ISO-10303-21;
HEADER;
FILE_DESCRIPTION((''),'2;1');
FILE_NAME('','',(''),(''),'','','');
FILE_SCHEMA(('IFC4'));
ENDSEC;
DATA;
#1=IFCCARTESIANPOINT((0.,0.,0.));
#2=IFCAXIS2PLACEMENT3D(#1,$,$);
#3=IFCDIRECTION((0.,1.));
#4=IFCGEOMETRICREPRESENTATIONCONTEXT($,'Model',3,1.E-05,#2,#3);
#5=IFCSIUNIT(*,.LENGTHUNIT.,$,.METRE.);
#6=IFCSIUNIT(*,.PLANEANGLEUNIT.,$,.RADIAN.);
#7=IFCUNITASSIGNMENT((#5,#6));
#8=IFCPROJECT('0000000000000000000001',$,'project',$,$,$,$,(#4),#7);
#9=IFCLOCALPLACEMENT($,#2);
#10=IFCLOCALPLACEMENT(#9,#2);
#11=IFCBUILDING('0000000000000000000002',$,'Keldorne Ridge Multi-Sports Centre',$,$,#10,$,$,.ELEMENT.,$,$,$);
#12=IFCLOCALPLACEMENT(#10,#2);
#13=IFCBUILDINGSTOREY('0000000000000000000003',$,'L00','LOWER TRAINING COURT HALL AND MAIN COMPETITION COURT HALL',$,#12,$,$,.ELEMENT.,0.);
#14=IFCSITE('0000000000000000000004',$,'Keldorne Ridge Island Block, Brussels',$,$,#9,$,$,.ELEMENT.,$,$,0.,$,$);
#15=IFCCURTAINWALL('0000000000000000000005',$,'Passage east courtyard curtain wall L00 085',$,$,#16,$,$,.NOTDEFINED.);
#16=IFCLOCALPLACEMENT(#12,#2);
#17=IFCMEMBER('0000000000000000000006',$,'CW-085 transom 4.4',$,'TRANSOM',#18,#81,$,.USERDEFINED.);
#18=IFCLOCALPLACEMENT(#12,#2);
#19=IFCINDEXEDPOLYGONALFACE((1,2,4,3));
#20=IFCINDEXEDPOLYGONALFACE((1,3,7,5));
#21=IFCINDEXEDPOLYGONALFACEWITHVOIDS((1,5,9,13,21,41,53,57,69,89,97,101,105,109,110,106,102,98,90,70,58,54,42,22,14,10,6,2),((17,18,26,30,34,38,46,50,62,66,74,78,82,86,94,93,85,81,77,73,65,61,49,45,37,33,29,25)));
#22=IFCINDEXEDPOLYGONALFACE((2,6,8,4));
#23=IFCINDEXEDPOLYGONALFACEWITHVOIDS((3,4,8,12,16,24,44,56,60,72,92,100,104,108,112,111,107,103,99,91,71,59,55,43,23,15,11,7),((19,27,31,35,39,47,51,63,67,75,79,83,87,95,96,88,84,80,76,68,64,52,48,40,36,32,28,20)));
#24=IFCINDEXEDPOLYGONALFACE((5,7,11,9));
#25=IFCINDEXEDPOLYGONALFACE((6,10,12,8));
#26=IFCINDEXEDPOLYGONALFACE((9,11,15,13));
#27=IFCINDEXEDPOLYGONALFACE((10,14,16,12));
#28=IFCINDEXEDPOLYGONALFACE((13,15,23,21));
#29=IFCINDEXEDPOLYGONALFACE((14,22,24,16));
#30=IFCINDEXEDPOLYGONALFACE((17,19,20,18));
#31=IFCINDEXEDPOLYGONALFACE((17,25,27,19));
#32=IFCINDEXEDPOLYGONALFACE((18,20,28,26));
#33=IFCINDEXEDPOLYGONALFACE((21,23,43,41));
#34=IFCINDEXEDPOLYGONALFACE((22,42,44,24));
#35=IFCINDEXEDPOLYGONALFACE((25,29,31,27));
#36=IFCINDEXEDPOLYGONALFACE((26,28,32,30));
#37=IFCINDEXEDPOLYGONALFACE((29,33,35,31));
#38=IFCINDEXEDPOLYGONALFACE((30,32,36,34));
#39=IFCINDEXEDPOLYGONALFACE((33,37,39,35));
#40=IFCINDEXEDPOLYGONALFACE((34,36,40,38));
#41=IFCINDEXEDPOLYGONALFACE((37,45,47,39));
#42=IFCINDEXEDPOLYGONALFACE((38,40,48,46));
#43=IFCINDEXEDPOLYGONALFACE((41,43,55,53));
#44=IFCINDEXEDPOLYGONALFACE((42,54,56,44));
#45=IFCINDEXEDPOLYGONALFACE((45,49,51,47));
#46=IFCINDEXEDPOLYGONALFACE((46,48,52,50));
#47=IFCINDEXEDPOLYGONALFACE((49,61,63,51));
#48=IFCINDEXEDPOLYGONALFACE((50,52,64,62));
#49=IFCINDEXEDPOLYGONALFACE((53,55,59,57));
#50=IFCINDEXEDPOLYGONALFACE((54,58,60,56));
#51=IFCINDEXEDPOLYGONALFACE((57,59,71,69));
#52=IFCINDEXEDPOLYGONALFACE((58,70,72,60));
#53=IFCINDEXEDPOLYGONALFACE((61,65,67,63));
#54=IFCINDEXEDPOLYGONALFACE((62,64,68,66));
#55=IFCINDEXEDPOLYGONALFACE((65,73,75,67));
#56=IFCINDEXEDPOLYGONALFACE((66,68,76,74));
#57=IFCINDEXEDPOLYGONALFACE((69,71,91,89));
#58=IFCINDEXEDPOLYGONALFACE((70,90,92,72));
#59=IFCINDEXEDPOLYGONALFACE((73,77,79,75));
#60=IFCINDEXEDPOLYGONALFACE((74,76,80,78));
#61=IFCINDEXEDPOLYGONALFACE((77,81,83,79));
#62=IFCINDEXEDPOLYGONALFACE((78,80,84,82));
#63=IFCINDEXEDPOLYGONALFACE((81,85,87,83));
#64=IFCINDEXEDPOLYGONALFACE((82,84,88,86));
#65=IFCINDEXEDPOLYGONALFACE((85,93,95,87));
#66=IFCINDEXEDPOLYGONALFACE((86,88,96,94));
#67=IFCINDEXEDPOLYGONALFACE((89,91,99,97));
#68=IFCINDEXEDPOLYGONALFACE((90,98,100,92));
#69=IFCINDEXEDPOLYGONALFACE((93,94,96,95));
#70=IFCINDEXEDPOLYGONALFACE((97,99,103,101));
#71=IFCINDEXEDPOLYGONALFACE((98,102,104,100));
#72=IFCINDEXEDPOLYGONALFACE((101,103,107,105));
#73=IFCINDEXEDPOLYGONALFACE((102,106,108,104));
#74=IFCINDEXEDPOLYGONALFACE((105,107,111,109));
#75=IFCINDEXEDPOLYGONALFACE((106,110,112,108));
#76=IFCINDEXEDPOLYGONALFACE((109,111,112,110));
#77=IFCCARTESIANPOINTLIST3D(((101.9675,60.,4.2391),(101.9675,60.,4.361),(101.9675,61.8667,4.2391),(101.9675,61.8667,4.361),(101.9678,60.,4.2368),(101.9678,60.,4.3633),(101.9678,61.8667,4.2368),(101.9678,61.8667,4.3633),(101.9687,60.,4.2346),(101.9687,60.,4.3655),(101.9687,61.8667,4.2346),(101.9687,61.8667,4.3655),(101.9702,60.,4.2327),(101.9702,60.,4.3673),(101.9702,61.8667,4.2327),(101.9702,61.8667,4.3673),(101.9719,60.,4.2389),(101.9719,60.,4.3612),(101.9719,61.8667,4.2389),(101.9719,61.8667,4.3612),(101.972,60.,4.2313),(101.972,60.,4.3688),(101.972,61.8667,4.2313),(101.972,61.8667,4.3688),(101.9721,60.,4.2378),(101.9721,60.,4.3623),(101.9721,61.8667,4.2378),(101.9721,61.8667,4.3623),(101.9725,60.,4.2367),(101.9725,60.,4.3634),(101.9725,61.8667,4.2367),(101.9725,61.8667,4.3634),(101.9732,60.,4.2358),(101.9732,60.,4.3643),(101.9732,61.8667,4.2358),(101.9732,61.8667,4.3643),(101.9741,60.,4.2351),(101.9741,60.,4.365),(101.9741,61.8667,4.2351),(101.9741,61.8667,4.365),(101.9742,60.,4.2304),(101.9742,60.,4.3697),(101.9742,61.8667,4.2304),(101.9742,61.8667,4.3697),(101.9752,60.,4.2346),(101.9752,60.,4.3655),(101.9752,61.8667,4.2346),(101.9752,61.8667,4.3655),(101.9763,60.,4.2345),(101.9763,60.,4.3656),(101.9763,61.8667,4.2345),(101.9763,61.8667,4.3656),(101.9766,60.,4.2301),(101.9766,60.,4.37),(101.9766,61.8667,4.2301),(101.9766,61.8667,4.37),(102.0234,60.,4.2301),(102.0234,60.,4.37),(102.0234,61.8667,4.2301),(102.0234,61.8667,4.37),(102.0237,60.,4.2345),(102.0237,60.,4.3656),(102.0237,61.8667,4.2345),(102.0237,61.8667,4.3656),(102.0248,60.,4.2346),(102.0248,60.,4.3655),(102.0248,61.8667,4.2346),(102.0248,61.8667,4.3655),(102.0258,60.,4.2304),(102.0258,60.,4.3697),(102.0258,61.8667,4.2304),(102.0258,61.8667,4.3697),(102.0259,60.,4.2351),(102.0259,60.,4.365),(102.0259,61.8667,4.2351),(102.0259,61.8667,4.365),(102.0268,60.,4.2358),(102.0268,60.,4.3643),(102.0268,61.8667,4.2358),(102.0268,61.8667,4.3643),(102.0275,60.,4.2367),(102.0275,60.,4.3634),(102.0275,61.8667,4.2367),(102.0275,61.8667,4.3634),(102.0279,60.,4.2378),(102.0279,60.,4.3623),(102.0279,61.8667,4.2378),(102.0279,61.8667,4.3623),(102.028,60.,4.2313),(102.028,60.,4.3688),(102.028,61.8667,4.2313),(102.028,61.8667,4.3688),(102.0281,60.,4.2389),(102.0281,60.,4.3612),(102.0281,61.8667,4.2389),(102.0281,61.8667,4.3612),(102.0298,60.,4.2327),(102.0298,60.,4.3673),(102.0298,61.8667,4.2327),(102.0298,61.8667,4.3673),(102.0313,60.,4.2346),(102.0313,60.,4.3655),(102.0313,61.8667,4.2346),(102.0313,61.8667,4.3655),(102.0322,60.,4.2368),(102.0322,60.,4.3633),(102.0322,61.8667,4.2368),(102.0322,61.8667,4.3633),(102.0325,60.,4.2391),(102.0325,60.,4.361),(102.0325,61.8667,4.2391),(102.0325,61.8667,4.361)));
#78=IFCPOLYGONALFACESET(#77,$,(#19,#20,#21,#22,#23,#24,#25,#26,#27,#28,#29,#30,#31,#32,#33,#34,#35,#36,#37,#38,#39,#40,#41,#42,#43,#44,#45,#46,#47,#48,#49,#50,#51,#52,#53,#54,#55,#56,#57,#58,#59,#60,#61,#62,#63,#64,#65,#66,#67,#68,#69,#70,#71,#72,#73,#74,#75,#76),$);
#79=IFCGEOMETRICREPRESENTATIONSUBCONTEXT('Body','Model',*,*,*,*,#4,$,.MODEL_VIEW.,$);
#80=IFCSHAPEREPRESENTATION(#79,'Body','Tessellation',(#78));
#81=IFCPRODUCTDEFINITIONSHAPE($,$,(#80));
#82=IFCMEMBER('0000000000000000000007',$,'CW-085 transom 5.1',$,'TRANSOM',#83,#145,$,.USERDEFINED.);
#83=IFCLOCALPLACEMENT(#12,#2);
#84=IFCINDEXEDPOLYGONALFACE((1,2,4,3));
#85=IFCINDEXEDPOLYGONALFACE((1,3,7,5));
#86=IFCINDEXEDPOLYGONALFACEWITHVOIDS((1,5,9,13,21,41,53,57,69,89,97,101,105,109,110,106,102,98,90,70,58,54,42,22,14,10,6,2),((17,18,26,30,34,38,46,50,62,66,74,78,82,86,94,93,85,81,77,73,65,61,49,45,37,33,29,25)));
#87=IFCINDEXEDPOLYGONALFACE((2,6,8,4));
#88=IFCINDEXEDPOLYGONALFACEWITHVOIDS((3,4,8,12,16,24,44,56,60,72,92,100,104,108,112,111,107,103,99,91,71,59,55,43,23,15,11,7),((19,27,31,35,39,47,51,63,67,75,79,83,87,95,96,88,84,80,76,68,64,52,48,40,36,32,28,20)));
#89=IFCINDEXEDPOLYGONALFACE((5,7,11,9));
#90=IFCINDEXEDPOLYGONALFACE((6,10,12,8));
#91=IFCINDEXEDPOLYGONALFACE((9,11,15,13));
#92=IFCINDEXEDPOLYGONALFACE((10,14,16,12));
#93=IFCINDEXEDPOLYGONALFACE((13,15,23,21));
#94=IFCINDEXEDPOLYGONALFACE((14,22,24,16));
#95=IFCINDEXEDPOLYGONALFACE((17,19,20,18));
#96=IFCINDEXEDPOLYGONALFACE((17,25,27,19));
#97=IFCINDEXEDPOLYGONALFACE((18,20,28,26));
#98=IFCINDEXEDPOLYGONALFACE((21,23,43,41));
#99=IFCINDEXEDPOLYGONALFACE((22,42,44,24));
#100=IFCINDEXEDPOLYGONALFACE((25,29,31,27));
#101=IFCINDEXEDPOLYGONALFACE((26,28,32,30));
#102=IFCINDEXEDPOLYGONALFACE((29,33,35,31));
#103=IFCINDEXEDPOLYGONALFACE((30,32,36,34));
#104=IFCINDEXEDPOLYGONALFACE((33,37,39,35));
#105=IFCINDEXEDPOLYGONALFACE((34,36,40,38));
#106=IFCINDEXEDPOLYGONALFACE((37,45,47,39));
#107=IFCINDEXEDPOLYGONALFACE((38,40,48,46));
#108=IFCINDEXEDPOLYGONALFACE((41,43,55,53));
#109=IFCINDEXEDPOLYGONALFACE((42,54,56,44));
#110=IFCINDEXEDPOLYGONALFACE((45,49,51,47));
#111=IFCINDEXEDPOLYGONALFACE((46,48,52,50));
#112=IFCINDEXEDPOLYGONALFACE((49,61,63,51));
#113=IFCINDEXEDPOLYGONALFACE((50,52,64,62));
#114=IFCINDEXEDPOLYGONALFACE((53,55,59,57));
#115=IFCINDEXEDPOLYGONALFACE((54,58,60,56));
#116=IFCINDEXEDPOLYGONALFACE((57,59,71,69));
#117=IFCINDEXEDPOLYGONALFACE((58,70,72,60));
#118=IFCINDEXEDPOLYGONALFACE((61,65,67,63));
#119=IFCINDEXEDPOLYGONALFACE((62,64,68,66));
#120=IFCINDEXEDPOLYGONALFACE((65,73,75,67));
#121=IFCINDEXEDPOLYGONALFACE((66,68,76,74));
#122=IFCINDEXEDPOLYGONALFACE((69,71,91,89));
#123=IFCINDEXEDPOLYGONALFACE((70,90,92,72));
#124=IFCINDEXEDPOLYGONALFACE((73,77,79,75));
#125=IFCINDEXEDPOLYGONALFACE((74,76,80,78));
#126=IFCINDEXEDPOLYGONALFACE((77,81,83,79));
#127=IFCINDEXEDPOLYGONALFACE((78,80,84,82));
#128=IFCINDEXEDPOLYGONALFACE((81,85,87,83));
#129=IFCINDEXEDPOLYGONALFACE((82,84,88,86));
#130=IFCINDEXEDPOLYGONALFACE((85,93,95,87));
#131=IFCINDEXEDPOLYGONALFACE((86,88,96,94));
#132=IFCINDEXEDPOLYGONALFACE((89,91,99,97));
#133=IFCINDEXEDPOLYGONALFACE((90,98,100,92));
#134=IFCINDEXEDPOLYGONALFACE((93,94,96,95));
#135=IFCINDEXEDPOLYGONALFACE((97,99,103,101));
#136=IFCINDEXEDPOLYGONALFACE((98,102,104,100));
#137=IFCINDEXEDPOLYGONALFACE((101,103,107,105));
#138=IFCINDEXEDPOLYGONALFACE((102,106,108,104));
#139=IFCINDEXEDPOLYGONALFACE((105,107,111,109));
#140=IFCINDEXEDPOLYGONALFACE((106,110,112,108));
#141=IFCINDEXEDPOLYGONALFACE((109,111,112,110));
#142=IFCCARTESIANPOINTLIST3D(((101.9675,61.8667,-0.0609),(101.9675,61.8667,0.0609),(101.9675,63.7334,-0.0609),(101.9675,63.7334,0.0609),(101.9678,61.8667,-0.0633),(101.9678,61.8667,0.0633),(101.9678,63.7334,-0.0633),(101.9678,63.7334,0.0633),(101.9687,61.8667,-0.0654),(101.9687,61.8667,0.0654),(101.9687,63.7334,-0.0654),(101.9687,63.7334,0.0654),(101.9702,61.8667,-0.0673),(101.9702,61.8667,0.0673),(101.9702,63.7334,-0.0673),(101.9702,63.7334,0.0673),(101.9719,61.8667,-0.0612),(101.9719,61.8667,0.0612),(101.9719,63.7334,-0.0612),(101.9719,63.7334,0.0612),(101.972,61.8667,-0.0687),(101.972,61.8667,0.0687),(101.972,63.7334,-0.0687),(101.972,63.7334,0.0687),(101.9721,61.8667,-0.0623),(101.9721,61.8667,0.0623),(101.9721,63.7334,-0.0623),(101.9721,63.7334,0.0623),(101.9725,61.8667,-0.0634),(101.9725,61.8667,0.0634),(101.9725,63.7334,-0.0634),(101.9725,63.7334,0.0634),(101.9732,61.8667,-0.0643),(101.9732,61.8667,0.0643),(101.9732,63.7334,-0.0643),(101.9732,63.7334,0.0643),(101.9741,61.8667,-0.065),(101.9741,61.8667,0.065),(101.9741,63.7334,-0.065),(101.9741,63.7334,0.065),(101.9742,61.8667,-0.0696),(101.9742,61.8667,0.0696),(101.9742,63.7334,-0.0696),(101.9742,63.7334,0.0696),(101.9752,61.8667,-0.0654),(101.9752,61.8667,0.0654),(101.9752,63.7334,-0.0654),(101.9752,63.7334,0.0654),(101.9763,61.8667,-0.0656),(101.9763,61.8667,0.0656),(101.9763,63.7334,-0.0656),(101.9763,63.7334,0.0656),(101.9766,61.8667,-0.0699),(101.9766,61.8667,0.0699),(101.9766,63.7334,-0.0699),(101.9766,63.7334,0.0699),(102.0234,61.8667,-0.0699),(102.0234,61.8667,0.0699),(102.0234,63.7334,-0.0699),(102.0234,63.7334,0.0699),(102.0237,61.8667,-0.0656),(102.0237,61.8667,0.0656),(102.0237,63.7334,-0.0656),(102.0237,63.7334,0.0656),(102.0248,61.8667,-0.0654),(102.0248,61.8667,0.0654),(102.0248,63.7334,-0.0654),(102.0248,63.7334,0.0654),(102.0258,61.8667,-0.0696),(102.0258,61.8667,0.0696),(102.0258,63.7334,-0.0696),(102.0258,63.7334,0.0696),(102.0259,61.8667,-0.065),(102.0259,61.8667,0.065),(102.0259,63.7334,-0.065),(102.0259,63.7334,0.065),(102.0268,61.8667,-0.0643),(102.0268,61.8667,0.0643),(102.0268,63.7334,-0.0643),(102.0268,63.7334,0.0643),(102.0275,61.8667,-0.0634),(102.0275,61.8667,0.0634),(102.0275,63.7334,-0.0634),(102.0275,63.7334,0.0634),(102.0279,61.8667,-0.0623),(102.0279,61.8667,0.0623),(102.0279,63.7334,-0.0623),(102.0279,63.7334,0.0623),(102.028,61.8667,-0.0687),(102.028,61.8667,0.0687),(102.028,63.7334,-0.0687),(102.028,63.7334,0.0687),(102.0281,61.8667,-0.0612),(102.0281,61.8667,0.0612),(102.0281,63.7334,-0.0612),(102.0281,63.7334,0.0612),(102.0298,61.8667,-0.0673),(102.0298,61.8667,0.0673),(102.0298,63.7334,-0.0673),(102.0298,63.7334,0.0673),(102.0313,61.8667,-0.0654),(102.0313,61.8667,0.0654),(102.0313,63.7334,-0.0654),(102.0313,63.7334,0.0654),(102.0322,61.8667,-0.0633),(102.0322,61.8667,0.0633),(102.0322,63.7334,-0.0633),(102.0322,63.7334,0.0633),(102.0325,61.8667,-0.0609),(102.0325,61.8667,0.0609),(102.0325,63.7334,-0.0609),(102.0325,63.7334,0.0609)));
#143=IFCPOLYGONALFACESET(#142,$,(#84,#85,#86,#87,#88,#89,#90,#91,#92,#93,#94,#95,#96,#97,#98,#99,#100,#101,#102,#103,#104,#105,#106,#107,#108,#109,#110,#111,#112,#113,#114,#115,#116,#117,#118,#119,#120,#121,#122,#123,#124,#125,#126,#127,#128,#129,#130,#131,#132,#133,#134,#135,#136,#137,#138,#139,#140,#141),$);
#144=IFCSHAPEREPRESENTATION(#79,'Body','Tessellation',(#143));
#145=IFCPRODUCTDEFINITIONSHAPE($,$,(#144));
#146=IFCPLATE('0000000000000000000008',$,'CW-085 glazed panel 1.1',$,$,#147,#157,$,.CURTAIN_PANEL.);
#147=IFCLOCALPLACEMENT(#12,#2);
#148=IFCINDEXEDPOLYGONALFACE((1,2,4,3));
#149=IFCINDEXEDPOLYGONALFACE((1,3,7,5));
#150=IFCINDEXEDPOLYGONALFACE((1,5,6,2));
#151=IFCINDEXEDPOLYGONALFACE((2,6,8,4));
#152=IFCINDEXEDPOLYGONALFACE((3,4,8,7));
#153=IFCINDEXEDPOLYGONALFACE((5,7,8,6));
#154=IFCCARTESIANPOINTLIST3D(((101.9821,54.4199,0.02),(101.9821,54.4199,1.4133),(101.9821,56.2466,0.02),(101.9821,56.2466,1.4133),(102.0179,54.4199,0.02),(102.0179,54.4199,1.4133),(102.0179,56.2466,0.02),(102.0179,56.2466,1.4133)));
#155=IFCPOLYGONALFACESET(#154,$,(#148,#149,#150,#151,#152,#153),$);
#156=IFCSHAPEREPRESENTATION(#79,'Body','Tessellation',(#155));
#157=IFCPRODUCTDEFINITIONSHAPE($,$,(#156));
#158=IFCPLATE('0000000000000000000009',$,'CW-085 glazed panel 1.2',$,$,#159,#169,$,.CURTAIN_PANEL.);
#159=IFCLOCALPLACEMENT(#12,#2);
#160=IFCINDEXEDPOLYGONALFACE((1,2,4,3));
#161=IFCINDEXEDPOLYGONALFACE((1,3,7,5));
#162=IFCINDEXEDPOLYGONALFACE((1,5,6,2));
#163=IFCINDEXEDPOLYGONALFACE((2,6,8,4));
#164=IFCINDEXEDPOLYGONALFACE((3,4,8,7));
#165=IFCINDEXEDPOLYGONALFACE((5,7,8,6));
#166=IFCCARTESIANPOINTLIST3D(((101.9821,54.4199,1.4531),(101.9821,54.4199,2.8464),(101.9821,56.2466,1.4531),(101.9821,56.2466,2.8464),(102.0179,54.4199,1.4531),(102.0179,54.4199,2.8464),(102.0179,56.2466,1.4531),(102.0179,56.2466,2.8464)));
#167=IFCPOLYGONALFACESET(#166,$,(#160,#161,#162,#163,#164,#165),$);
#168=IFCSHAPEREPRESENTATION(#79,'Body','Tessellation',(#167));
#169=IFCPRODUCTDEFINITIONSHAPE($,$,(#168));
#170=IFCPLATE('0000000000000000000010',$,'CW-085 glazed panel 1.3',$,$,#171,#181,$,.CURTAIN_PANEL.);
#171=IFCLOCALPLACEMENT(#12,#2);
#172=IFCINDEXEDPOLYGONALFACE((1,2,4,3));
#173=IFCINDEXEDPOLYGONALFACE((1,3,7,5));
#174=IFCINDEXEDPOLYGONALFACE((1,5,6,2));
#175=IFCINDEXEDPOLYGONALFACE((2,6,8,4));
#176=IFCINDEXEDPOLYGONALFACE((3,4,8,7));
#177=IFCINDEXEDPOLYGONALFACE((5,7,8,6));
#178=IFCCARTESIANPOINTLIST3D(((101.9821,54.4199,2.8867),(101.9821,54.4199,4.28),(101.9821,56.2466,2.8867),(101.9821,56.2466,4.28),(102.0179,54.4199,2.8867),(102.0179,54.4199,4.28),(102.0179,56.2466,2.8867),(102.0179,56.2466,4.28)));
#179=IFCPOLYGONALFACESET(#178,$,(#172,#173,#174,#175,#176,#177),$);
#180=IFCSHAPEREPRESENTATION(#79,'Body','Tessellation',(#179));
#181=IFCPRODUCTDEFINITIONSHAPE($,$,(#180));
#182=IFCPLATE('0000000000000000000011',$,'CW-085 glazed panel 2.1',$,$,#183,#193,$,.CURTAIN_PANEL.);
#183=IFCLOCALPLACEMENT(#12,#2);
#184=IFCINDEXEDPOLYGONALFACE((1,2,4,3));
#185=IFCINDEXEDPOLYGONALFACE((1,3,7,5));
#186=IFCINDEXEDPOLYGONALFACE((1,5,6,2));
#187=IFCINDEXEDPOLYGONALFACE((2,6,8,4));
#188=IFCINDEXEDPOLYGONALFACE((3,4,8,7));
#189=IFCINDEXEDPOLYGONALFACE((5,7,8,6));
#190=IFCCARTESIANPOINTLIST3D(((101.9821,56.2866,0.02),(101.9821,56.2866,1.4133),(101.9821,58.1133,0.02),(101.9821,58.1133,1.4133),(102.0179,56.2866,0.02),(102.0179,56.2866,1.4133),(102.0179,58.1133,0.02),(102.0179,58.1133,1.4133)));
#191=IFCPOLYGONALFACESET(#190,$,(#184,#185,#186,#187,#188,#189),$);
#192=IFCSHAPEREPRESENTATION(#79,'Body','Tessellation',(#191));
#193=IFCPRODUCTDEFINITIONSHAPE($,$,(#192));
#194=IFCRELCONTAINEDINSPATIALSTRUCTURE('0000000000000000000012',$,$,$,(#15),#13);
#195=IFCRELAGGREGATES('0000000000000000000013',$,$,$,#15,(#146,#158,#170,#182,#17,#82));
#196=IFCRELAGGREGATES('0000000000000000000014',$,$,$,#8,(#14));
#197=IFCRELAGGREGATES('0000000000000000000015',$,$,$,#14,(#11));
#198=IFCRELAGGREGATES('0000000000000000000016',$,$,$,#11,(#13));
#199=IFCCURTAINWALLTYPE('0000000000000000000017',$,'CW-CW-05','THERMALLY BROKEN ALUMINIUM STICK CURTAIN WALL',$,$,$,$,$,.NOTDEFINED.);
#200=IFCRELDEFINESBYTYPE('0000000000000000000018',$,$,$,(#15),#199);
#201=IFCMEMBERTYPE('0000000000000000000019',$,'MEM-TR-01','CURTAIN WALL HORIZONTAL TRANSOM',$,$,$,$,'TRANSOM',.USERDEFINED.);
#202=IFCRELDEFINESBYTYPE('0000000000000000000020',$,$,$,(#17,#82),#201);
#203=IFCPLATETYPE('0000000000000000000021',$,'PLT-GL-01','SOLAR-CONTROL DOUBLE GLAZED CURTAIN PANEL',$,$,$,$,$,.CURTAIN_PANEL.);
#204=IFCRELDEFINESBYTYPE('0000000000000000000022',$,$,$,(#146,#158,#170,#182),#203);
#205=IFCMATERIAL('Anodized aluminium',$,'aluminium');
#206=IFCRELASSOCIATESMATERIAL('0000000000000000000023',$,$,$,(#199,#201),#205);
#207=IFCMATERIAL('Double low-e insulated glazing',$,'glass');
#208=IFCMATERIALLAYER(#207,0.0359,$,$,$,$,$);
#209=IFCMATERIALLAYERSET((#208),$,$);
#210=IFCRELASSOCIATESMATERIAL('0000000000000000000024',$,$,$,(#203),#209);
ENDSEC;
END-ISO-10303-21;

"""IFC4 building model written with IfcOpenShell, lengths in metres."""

from ifc_helpers import new_model, si_unit, direction, frame, origin, origin_2d, place, context, subcontext, project, spatial, rectangle, hollow_rectangle, extrude, material, layer, layer_set, material_profile, profile_set, type_object, element, aggregate, save


model = new_model("IFC4")

# Units and contexts
model_context = context("Model", 3, precision=1e-05, world=origin(), true_north=direction((0.0, 1.0)))
body_context = subcontext(model_context, "Body", "Model", "MODEL_VIEW")
ifc_project = project(units=[si_unit("LENGTHUNIT", "METRE"), si_unit("PLANEANGLEUNIT", "RADIAN")], contexts=[model_context])

# Site, building, storey
site_placement = place(None, origin())
site = spatial("IfcSite", under=ifc_project, at=site_placement, Name="Keldorne Ridge Island Block, Brussels", CompositionType="ELEMENT", RefElevation=0.0)
building_placement = place(site_placement, origin())
building = spatial("IfcBuilding", under=site, at=building_placement, Name="Keldorne Ridge Multi-Sports Centre", CompositionType="ELEMENT")
storey_placement = place(building_placement, origin())
storey = spatial("IfcBuildingStorey", under=building, at=storey_placement, Name="L00", Description="LOWER TRAINING COURT HALL AND MAIN COMPETITION COURT HALL", CompositionType="ELEMENT", Elevation=0.0)

# Curtain wall, members, plates
ifc_material_1 = material(Name="Anodized aluminium", Category="aluminium")
curtain_wall_type = type_object("IfcCurtainWallType", Name="CW-CW-05", Description="THERMALLY BROKEN ALUMINIUM STICK CURTAIN WALL", PredefinedType="NOTDEFINED", material=ifc_material_1)
curtain_wall_placement = place(storey_placement, origin())
curtain_wall = element("IfcCurtainWall", 1, at=curtain_wall_placement, inside=storey, type_object=curtain_wall_type, Name="Passage east courtyard curtain wall L00 085", PredefinedType="NOTDEFINED")
ifc_material_profile_1 = material_profile(ifc_material_1, hollow_rectangle(XDim=0.0649, YDim=0.1399, WallThickness=0.0044, InnerFilletRadius=0.0044, OuterFilletRadius=0.009, at=origin_2d()), Name="ALU TRANSOM 140x65x4.5")
ifc_profile_set_1 = profile_set([ifc_material_profile_1], Name="Anodized aluminium")
member_type_1 = type_object("IfcMemberType", Name="MEM-TR-01", Description="CURTAIN WALL HORIZONTAL TRANSOM", ElementType="TRANSOM", PredefinedType="USERDEFINED", material=ifc_profile_set_1)
member_1_placement = place(storey_placement, frame((102.0, 60.0, 4.3), z_axis=(0.0, 1.0, 0.0), x_axis=(-1.0, 0.0, 0.0)))
member_1 = element("IfcMember", 2, at=member_1_placement, type_object=member_type_1, Name="CW-085 transom 4.4", ObjectType="TRANSOM", PredefinedType="USERDEFINED", context=body_context, shape_type="SweptSolid", body=[
    extrude(hollow_rectangle(XDim=0.0649, YDim=0.1399, WallThickness=0.0044, InnerFilletRadius=0.0044, OuterFilletRadius=0.009, at=origin_2d()), origin(), (0.0, 0.0, 1.0), 1.8667),
])
member_2_placement = place(storey_placement, frame((102.0, 61.8667, 0.0), z_axis=(0.0, 1.0, 0.0), x_axis=(-1.0, 0.0, 0.0)))
member_2 = element("IfcMember", 3, at=member_2_placement, type_object=member_type_1, Name="CW-085 transom 5.1", ObjectType="TRANSOM", PredefinedType="USERDEFINED", context=body_context, shape_type="SweptSolid", body=[
    extrude(hollow_rectangle(XDim=0.0649, YDim=0.1399, WallThickness=0.0044, InnerFilletRadius=0.0044, OuterFilletRadius=0.009, at=origin_2d()), origin(), (0.0, 0.0, 1.0), 1.8667),
])
ifc_material_2 = material(Name="Double low-e insulated glazing", Category="glass")
ifc_layer = layer(ifc_material_2, 0.0359)
ifc_layer_set = layer_set([ifc_layer])
plate_type = type_object("IfcPlateType", Name="PLT-GL-01", Description="SOLAR-CONTROL DOUBLE GLAZED CURTAIN PANEL", PredefinedType="CURTAIN_PANEL", material=ifc_layer_set)
plate_1_placement = place(storey_placement, frame((102.0, 55.3333, 0.02), z_axis=(0.0, 0.0, 1.0), x_axis=(0.0, 1.0, 0.0)))
plate_1 = element("IfcPlate", 4, at=plate_1_placement, type_object=plate_type, Name="CW-085 glazed panel 1.1", PredefinedType="CURTAIN_PANEL", context=body_context, shape_type="SweptSolid", body=[
    extrude(rectangle(XDim=1.8267, YDim=0.0359, at=origin_2d()), origin(), (0.0, 0.0, 1.0), 1.3933),
])
plate_2_placement = place(storey_placement, frame((102.0, 55.3333, 1.4531), z_axis=(0.0, 0.0, 1.0), x_axis=(0.0, 1.0, 0.0)))
plate_2 = element("IfcPlate", 5, at=plate_2_placement, type_object=plate_type, Name="CW-085 glazed panel 1.2", PredefinedType="CURTAIN_PANEL", context=body_context, shape_type="SweptSolid", body=[
    extrude(rectangle(XDim=1.8267, YDim=0.0359, at=origin_2d()), origin(), (0.0, 0.0, 1.0), 1.3933),
])
plate_3_placement = place(storey_placement, frame((102.0, 55.3333, 2.8867), z_axis=(0.0, 0.0, 1.0), x_axis=(0.0, 1.0, 0.0)))
plate_3 = element("IfcPlate", 6, at=plate_3_placement, type_object=plate_type, Name="CW-085 glazed panel 1.3", PredefinedType="CURTAIN_PANEL", context=body_context, shape_type="SweptSolid", body=[
    extrude(rectangle(XDim=1.8267, YDim=0.0359, at=origin_2d()), origin(), (0.0, 0.0, 1.0), 1.3933),
])
plate_4_placement = place(storey_placement, frame((102.0, 57.2, 0.02), z_axis=(0.0, 0.0, 1.0), x_axis=(0.0, 1.0, 0.0)))
plate_4 = element("IfcPlate", 7, at=plate_4_placement, type_object=plate_type, Name="CW-085 glazed panel 2.1", PredefinedType="CURTAIN_PANEL", context=body_context, shape_type="SweptSolid", body=[
    extrude(rectangle(XDim=1.8267, YDim=0.0359, at=origin_2d()), origin(), (0.0, 0.0, 1.0), 1.3933),
])
aggregate(curtain_wall, [plate_1, plate_2, plate_3, plate_4, member_1, member_2])

save(model, "model.ifc")
